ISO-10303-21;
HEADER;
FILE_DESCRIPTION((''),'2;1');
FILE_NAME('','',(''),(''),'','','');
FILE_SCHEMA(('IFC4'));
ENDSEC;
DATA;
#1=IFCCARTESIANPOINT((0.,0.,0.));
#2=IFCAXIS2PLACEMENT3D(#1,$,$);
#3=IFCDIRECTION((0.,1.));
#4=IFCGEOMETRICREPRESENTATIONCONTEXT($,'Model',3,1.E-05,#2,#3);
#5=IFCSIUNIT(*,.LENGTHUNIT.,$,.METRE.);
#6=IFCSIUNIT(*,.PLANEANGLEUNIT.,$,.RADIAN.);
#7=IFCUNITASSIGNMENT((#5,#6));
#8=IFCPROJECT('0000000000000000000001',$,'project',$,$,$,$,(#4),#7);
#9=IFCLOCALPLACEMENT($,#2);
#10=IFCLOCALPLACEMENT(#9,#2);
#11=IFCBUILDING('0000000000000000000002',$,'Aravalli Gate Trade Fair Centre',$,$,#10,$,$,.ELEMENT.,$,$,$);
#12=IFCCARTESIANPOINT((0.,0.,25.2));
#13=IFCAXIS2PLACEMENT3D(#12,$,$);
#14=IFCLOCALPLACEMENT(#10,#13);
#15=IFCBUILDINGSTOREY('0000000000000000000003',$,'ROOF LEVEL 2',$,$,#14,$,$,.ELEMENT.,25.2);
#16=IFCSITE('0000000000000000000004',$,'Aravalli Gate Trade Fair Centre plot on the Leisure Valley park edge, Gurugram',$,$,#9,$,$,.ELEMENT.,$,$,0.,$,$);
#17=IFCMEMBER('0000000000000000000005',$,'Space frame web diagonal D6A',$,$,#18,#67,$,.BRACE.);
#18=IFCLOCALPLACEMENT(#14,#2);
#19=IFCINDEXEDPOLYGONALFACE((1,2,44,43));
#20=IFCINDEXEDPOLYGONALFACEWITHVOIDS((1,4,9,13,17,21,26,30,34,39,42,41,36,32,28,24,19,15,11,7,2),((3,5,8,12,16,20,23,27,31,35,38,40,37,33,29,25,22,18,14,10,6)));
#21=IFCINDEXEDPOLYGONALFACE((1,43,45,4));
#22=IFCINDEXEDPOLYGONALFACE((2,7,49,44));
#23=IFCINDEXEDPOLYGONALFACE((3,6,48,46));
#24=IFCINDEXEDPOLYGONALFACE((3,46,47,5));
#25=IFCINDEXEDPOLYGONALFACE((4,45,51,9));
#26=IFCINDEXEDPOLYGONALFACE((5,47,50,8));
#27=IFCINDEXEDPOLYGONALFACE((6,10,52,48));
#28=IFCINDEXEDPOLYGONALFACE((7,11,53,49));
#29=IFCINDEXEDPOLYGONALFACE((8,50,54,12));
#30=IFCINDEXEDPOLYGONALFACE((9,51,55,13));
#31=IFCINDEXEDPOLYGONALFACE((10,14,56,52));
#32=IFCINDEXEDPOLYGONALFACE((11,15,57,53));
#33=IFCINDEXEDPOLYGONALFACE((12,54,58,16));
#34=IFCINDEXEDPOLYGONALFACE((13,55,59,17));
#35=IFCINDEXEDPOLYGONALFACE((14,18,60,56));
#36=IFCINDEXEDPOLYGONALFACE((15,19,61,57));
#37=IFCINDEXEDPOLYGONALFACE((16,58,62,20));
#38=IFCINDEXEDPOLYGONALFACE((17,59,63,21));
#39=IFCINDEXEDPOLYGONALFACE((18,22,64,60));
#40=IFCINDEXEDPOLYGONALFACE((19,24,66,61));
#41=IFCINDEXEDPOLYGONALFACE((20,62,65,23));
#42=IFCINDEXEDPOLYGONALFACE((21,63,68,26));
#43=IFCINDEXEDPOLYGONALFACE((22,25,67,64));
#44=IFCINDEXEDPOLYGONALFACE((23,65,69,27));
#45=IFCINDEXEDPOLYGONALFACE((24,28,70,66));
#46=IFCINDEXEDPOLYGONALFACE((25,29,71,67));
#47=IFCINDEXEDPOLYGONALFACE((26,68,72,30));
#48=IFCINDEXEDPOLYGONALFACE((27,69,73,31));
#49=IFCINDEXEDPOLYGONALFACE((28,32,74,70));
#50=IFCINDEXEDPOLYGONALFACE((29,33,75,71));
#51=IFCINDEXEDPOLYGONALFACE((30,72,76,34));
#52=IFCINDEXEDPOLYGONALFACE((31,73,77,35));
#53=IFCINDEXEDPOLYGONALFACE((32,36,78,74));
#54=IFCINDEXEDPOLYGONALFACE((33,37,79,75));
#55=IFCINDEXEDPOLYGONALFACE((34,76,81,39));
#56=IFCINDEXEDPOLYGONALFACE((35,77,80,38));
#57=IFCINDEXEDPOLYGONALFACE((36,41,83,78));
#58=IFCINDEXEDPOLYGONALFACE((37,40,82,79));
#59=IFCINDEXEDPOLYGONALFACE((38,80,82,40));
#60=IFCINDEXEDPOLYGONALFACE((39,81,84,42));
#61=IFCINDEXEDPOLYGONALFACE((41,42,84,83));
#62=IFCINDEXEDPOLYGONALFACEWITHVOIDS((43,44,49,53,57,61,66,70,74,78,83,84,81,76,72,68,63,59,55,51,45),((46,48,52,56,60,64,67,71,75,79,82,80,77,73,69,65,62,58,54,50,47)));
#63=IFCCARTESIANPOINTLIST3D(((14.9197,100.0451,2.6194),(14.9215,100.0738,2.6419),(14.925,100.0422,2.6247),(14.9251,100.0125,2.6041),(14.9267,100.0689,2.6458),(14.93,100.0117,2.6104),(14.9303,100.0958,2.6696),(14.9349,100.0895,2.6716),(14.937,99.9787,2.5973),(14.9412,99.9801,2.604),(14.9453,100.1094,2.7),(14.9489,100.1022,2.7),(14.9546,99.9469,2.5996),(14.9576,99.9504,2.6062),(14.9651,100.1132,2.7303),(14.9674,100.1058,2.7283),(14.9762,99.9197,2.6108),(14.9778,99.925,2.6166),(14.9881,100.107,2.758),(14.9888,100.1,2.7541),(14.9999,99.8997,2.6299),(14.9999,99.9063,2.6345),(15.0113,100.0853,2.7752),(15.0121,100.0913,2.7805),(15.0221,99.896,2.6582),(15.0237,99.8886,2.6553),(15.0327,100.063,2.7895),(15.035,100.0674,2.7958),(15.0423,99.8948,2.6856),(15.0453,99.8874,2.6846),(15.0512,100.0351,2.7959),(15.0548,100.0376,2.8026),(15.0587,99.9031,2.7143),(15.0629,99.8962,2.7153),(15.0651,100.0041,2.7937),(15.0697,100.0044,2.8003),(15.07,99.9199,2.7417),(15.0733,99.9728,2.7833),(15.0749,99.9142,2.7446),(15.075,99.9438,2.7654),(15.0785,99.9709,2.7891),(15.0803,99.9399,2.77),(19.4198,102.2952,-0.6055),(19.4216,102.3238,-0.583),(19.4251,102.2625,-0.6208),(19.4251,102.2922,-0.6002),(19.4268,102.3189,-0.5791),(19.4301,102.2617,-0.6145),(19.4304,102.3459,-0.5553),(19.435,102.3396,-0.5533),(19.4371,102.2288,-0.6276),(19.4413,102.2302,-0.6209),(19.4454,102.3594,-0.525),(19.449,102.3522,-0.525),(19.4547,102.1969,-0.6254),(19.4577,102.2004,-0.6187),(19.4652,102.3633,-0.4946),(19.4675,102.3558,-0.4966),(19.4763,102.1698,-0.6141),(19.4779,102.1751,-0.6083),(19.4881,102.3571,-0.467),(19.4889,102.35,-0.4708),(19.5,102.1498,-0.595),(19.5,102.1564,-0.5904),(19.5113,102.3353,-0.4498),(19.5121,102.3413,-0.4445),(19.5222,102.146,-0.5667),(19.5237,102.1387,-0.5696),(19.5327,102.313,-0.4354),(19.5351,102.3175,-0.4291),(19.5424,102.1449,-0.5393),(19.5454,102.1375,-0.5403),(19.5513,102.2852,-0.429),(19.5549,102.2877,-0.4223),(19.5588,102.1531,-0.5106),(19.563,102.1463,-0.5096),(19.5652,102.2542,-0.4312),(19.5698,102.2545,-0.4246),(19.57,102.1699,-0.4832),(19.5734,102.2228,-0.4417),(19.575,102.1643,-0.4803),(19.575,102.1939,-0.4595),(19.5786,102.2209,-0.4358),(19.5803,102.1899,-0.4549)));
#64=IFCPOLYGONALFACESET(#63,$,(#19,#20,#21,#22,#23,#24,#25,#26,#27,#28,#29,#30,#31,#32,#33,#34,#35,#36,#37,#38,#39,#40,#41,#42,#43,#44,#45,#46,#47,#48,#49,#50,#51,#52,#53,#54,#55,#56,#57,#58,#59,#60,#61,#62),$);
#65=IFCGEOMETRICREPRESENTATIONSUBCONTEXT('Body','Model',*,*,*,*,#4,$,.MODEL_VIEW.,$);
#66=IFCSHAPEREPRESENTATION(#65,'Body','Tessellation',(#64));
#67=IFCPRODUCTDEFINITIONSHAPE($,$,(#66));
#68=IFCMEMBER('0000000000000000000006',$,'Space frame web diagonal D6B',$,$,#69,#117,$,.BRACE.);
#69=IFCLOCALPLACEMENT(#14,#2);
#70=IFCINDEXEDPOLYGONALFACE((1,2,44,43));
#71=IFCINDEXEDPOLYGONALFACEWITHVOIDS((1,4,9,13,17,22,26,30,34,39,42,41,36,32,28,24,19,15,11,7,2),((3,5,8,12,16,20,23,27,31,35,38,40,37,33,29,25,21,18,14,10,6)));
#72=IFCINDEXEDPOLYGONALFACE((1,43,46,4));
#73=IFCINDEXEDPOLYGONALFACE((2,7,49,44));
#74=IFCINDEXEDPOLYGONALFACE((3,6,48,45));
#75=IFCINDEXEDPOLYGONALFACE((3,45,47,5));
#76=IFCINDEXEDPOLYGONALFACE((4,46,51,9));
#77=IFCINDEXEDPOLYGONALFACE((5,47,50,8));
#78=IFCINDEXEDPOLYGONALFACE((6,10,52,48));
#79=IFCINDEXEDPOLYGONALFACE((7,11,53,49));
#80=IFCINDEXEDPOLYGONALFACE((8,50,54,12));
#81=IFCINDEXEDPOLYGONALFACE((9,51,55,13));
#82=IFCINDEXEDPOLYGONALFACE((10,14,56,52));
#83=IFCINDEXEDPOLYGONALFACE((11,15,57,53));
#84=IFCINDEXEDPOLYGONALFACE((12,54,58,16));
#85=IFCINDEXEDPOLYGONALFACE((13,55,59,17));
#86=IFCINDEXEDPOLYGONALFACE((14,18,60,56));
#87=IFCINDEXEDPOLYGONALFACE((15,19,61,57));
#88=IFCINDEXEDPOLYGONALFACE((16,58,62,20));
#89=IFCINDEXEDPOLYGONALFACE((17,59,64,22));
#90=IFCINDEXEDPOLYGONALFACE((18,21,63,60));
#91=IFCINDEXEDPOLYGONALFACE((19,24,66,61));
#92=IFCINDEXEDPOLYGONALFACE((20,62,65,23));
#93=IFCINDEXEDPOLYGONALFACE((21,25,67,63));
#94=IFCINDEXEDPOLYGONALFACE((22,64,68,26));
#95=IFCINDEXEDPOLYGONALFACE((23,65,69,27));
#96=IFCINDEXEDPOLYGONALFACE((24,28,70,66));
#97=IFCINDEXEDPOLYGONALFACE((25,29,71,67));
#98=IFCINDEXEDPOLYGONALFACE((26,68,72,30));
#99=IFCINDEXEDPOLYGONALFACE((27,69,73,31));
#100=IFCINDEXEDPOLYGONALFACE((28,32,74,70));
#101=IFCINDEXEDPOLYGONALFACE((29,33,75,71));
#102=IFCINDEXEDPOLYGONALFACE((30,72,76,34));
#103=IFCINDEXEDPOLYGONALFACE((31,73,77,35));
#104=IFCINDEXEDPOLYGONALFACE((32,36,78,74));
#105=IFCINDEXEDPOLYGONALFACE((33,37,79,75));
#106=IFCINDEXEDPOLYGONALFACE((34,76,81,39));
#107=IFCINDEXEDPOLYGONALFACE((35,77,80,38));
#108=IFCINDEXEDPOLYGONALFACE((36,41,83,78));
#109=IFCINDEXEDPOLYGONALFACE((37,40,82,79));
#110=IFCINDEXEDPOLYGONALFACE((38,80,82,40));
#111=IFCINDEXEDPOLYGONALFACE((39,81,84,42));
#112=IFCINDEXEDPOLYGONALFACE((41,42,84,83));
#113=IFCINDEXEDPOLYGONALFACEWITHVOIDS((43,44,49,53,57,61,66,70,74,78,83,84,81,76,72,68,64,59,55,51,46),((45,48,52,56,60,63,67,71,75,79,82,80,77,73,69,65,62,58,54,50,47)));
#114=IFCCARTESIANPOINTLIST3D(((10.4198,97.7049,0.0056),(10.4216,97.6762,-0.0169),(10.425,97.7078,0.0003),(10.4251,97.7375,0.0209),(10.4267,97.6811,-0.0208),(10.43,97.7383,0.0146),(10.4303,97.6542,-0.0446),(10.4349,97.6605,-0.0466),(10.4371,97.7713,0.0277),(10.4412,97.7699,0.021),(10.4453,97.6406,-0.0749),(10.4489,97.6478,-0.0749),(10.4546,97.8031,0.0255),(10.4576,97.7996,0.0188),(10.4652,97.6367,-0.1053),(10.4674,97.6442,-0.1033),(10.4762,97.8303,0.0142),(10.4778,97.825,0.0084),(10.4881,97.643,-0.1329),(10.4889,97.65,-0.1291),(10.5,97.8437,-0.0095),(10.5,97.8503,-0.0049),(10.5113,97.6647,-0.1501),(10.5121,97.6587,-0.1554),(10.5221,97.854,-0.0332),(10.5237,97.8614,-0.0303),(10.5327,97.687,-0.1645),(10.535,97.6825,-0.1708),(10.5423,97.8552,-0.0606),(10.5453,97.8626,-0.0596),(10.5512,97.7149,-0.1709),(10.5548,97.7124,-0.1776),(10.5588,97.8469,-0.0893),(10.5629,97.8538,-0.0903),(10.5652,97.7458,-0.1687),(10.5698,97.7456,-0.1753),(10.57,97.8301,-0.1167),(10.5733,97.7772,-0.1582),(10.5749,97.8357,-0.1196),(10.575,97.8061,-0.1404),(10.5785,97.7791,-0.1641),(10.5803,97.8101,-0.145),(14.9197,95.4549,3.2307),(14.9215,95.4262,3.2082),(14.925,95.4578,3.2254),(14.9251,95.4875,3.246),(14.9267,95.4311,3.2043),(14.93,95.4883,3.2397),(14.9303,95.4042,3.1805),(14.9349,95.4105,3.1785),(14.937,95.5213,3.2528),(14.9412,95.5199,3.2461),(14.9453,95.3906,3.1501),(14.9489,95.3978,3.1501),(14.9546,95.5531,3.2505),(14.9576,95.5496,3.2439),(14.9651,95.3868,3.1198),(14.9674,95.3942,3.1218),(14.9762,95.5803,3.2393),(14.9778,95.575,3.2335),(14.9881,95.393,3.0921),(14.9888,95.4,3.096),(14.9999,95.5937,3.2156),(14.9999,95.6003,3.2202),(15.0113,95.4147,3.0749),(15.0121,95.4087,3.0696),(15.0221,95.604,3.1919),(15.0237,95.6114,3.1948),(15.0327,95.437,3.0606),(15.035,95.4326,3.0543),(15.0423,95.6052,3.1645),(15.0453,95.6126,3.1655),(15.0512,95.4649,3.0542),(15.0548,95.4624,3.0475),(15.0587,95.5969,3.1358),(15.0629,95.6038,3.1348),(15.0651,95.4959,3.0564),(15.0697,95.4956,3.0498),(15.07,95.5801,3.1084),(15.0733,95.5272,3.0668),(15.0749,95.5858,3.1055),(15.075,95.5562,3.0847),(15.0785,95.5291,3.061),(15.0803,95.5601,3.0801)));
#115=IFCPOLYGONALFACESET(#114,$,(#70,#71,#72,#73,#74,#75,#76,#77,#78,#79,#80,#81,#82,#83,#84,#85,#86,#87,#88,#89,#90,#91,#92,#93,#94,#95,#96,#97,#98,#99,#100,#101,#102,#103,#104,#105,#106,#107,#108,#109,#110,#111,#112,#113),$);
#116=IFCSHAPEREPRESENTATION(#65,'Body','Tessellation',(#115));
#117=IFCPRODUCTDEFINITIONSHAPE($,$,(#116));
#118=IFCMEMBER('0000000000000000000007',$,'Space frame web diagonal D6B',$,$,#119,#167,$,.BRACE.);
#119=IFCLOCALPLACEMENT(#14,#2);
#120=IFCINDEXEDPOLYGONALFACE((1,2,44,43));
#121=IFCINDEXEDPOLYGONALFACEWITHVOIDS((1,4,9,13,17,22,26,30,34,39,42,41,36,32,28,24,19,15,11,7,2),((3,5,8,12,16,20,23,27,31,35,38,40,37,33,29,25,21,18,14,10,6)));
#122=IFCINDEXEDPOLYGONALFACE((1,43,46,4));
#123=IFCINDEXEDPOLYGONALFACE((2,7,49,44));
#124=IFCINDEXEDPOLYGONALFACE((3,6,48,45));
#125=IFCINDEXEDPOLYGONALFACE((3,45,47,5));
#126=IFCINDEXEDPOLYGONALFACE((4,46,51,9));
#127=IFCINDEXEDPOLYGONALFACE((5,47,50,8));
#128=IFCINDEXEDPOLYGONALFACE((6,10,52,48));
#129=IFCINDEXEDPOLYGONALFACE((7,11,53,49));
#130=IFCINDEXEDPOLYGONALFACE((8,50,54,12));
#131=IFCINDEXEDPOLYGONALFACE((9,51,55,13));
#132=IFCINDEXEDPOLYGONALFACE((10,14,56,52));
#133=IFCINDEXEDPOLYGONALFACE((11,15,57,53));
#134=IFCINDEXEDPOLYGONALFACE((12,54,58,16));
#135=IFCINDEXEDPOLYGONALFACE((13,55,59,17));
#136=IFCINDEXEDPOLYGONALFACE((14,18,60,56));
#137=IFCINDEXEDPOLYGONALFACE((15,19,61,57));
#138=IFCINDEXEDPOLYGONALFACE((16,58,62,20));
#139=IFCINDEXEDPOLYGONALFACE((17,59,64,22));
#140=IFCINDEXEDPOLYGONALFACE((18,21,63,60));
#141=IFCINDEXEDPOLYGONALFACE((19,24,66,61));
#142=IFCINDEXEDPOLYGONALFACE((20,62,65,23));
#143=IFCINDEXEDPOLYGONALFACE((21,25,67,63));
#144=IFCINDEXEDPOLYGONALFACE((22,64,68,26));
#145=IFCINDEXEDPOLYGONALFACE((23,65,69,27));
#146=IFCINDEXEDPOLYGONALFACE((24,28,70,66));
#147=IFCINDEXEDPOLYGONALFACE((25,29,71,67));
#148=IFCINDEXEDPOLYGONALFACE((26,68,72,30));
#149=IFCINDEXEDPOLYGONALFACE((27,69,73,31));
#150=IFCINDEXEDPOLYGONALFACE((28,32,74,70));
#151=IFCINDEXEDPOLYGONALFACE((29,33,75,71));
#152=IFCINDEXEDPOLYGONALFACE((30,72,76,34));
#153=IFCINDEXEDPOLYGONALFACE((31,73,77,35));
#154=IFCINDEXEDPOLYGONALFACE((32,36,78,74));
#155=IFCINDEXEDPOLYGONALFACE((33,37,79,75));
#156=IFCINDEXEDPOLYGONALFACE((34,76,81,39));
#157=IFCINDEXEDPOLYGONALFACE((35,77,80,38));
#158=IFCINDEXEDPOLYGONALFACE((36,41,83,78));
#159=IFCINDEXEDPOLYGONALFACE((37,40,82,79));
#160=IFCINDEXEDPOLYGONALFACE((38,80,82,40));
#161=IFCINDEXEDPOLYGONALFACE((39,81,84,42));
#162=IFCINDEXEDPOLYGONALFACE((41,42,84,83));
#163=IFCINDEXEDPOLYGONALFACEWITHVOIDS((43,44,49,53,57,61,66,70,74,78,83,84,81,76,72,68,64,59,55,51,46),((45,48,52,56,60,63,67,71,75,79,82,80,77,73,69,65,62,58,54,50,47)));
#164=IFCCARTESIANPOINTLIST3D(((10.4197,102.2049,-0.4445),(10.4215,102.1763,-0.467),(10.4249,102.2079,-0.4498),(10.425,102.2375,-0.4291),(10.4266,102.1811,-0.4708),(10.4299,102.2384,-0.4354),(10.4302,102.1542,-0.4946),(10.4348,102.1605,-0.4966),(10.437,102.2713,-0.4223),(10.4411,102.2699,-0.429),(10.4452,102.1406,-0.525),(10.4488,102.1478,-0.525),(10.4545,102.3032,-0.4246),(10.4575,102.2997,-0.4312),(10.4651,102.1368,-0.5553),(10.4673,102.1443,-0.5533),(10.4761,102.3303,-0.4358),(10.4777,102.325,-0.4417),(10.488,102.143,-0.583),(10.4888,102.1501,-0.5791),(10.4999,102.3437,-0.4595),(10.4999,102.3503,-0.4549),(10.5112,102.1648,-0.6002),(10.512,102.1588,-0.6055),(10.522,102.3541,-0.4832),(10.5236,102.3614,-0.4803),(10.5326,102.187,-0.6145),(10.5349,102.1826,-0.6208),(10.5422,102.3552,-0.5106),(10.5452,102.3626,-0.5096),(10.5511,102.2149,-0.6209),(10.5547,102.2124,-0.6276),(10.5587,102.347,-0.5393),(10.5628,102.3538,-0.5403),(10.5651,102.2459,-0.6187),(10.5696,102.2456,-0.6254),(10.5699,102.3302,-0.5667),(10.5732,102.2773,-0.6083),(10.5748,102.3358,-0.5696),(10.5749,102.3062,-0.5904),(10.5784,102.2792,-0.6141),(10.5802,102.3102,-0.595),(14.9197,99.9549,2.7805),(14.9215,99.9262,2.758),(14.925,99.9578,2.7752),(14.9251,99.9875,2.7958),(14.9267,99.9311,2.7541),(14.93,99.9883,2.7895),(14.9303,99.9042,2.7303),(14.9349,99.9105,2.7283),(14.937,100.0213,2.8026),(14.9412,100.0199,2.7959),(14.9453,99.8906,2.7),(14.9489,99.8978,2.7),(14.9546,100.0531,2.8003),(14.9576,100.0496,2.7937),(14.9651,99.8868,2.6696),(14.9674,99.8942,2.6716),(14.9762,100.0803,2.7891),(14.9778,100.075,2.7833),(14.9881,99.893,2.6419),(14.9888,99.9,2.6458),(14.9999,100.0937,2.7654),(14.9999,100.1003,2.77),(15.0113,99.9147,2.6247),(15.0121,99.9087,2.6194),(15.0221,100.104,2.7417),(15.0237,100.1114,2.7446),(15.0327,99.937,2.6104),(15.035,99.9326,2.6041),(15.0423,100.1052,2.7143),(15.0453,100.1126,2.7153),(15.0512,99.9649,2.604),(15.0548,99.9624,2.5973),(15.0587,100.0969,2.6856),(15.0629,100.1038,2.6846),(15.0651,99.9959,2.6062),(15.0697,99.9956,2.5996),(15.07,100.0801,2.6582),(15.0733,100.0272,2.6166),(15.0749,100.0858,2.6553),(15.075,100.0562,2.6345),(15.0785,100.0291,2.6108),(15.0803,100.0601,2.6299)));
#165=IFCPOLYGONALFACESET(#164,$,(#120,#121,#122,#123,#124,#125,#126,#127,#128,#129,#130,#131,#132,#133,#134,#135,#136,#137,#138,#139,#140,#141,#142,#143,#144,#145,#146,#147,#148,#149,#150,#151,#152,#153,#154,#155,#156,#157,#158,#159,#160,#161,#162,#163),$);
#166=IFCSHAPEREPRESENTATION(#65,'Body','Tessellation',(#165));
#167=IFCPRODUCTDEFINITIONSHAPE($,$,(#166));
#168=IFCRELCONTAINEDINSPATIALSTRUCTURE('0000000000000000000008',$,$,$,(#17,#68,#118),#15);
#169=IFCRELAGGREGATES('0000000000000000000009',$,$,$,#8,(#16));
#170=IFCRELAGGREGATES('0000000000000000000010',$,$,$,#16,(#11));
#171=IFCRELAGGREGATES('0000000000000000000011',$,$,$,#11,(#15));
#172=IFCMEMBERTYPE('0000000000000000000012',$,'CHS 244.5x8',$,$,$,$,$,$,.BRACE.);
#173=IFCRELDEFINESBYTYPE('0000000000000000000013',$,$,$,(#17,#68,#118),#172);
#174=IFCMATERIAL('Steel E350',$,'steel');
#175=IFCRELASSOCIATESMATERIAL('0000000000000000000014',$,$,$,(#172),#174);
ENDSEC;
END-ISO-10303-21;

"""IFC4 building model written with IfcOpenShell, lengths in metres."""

from ifc_helpers import new_model, si_unit, direction, frame, origin, origin_2d, place, context, subcontext, project, spatial, hollow_circle, extrude, material, material_profile, profile_set, type_object, element, save


model = new_model("IFC4")

# Units and contexts
model_context = context("Model", 3, precision=1e-05, world=origin(), true_north=direction((0.0, 1.0)))
body_context = subcontext(model_context, "Body", "Model", "MODEL_VIEW")
ifc_project = project(units=[si_unit("LENGTHUNIT", "METRE"), si_unit("PLANEANGLEUNIT", "RADIAN")], contexts=[model_context])

# Site, building, storey
site_placement = place(None, origin())
site = spatial("IfcSite", under=ifc_project, at=site_placement, Name="Aravalli Gate Trade Fair Centre plot on the Leisure Valley park edge, Gurugram", CompositionType="ELEMENT", RefElevation=0.0)
building_placement = place(site_placement, origin())
building = spatial("IfcBuilding", under=site, at=building_placement, Name="Aravalli Gate Trade Fair Centre", CompositionType="ELEMENT")
storey_placement = place(building_placement, frame((0.0, 0.0, 25.2)))
storey = spatial("IfcBuildingStorey", under=building, at=storey_placement, Name="ROOF LEVEL 2", CompositionType="ELEMENT", Elevation=25.2)

# Members
ifc_material_1 = material(Name="Steel E350", Category="steel")
ifc_material_profile_1 = material_profile(ifc_material_1, hollow_circle(Radius=0.1223, WallThickness=0.0081, at=origin_2d()), Name="CHS 244.5x8")
ifc_profile_set_1 = profile_set([ifc_material_profile_1], Name="Steel E350")
member_type_1 = type_object("IfcMemberType", Name="CHS 244.5x8", PredefinedType="BRACE", material=ifc_profile_set_1)
for number, where, z_axis, x_axis, name in (
    (1, (15.0, 100.0, 2.7), (0.753016, 0.376508, -0.539637), (-0.447214, 0.894427, 0.0), "Space frame web diagonal D6A"),
    (2, (15.0, 95.5, 3.1501), (-0.753, 0.3765, -0.539666), (-0.447214, -0.894427, 0.0), "Space frame web diagonal D6B"),
    (3, (15.0, 100.0, 2.7), (-0.753016, 0.376508, -0.539637), (-0.447214, -0.894427, 0.0), "Space frame web diagonal D6B"),
):
    element("IfcMember", number, at=place(storey_placement, frame(where, z_axis=z_axis, x_axis=x_axis)), inside=storey, type_object=member_type_1, Name=name, PredefinedType="BRACE", context=body_context, shape_type="SweptSolid", body=[
        extrude(hollow_circle(Radius=0.1223, WallThickness=0.0081, at=origin_2d()), origin(), (0.0, 0.0, 1.0), 5.9761),
    ])

save(model, "model.ifc")
